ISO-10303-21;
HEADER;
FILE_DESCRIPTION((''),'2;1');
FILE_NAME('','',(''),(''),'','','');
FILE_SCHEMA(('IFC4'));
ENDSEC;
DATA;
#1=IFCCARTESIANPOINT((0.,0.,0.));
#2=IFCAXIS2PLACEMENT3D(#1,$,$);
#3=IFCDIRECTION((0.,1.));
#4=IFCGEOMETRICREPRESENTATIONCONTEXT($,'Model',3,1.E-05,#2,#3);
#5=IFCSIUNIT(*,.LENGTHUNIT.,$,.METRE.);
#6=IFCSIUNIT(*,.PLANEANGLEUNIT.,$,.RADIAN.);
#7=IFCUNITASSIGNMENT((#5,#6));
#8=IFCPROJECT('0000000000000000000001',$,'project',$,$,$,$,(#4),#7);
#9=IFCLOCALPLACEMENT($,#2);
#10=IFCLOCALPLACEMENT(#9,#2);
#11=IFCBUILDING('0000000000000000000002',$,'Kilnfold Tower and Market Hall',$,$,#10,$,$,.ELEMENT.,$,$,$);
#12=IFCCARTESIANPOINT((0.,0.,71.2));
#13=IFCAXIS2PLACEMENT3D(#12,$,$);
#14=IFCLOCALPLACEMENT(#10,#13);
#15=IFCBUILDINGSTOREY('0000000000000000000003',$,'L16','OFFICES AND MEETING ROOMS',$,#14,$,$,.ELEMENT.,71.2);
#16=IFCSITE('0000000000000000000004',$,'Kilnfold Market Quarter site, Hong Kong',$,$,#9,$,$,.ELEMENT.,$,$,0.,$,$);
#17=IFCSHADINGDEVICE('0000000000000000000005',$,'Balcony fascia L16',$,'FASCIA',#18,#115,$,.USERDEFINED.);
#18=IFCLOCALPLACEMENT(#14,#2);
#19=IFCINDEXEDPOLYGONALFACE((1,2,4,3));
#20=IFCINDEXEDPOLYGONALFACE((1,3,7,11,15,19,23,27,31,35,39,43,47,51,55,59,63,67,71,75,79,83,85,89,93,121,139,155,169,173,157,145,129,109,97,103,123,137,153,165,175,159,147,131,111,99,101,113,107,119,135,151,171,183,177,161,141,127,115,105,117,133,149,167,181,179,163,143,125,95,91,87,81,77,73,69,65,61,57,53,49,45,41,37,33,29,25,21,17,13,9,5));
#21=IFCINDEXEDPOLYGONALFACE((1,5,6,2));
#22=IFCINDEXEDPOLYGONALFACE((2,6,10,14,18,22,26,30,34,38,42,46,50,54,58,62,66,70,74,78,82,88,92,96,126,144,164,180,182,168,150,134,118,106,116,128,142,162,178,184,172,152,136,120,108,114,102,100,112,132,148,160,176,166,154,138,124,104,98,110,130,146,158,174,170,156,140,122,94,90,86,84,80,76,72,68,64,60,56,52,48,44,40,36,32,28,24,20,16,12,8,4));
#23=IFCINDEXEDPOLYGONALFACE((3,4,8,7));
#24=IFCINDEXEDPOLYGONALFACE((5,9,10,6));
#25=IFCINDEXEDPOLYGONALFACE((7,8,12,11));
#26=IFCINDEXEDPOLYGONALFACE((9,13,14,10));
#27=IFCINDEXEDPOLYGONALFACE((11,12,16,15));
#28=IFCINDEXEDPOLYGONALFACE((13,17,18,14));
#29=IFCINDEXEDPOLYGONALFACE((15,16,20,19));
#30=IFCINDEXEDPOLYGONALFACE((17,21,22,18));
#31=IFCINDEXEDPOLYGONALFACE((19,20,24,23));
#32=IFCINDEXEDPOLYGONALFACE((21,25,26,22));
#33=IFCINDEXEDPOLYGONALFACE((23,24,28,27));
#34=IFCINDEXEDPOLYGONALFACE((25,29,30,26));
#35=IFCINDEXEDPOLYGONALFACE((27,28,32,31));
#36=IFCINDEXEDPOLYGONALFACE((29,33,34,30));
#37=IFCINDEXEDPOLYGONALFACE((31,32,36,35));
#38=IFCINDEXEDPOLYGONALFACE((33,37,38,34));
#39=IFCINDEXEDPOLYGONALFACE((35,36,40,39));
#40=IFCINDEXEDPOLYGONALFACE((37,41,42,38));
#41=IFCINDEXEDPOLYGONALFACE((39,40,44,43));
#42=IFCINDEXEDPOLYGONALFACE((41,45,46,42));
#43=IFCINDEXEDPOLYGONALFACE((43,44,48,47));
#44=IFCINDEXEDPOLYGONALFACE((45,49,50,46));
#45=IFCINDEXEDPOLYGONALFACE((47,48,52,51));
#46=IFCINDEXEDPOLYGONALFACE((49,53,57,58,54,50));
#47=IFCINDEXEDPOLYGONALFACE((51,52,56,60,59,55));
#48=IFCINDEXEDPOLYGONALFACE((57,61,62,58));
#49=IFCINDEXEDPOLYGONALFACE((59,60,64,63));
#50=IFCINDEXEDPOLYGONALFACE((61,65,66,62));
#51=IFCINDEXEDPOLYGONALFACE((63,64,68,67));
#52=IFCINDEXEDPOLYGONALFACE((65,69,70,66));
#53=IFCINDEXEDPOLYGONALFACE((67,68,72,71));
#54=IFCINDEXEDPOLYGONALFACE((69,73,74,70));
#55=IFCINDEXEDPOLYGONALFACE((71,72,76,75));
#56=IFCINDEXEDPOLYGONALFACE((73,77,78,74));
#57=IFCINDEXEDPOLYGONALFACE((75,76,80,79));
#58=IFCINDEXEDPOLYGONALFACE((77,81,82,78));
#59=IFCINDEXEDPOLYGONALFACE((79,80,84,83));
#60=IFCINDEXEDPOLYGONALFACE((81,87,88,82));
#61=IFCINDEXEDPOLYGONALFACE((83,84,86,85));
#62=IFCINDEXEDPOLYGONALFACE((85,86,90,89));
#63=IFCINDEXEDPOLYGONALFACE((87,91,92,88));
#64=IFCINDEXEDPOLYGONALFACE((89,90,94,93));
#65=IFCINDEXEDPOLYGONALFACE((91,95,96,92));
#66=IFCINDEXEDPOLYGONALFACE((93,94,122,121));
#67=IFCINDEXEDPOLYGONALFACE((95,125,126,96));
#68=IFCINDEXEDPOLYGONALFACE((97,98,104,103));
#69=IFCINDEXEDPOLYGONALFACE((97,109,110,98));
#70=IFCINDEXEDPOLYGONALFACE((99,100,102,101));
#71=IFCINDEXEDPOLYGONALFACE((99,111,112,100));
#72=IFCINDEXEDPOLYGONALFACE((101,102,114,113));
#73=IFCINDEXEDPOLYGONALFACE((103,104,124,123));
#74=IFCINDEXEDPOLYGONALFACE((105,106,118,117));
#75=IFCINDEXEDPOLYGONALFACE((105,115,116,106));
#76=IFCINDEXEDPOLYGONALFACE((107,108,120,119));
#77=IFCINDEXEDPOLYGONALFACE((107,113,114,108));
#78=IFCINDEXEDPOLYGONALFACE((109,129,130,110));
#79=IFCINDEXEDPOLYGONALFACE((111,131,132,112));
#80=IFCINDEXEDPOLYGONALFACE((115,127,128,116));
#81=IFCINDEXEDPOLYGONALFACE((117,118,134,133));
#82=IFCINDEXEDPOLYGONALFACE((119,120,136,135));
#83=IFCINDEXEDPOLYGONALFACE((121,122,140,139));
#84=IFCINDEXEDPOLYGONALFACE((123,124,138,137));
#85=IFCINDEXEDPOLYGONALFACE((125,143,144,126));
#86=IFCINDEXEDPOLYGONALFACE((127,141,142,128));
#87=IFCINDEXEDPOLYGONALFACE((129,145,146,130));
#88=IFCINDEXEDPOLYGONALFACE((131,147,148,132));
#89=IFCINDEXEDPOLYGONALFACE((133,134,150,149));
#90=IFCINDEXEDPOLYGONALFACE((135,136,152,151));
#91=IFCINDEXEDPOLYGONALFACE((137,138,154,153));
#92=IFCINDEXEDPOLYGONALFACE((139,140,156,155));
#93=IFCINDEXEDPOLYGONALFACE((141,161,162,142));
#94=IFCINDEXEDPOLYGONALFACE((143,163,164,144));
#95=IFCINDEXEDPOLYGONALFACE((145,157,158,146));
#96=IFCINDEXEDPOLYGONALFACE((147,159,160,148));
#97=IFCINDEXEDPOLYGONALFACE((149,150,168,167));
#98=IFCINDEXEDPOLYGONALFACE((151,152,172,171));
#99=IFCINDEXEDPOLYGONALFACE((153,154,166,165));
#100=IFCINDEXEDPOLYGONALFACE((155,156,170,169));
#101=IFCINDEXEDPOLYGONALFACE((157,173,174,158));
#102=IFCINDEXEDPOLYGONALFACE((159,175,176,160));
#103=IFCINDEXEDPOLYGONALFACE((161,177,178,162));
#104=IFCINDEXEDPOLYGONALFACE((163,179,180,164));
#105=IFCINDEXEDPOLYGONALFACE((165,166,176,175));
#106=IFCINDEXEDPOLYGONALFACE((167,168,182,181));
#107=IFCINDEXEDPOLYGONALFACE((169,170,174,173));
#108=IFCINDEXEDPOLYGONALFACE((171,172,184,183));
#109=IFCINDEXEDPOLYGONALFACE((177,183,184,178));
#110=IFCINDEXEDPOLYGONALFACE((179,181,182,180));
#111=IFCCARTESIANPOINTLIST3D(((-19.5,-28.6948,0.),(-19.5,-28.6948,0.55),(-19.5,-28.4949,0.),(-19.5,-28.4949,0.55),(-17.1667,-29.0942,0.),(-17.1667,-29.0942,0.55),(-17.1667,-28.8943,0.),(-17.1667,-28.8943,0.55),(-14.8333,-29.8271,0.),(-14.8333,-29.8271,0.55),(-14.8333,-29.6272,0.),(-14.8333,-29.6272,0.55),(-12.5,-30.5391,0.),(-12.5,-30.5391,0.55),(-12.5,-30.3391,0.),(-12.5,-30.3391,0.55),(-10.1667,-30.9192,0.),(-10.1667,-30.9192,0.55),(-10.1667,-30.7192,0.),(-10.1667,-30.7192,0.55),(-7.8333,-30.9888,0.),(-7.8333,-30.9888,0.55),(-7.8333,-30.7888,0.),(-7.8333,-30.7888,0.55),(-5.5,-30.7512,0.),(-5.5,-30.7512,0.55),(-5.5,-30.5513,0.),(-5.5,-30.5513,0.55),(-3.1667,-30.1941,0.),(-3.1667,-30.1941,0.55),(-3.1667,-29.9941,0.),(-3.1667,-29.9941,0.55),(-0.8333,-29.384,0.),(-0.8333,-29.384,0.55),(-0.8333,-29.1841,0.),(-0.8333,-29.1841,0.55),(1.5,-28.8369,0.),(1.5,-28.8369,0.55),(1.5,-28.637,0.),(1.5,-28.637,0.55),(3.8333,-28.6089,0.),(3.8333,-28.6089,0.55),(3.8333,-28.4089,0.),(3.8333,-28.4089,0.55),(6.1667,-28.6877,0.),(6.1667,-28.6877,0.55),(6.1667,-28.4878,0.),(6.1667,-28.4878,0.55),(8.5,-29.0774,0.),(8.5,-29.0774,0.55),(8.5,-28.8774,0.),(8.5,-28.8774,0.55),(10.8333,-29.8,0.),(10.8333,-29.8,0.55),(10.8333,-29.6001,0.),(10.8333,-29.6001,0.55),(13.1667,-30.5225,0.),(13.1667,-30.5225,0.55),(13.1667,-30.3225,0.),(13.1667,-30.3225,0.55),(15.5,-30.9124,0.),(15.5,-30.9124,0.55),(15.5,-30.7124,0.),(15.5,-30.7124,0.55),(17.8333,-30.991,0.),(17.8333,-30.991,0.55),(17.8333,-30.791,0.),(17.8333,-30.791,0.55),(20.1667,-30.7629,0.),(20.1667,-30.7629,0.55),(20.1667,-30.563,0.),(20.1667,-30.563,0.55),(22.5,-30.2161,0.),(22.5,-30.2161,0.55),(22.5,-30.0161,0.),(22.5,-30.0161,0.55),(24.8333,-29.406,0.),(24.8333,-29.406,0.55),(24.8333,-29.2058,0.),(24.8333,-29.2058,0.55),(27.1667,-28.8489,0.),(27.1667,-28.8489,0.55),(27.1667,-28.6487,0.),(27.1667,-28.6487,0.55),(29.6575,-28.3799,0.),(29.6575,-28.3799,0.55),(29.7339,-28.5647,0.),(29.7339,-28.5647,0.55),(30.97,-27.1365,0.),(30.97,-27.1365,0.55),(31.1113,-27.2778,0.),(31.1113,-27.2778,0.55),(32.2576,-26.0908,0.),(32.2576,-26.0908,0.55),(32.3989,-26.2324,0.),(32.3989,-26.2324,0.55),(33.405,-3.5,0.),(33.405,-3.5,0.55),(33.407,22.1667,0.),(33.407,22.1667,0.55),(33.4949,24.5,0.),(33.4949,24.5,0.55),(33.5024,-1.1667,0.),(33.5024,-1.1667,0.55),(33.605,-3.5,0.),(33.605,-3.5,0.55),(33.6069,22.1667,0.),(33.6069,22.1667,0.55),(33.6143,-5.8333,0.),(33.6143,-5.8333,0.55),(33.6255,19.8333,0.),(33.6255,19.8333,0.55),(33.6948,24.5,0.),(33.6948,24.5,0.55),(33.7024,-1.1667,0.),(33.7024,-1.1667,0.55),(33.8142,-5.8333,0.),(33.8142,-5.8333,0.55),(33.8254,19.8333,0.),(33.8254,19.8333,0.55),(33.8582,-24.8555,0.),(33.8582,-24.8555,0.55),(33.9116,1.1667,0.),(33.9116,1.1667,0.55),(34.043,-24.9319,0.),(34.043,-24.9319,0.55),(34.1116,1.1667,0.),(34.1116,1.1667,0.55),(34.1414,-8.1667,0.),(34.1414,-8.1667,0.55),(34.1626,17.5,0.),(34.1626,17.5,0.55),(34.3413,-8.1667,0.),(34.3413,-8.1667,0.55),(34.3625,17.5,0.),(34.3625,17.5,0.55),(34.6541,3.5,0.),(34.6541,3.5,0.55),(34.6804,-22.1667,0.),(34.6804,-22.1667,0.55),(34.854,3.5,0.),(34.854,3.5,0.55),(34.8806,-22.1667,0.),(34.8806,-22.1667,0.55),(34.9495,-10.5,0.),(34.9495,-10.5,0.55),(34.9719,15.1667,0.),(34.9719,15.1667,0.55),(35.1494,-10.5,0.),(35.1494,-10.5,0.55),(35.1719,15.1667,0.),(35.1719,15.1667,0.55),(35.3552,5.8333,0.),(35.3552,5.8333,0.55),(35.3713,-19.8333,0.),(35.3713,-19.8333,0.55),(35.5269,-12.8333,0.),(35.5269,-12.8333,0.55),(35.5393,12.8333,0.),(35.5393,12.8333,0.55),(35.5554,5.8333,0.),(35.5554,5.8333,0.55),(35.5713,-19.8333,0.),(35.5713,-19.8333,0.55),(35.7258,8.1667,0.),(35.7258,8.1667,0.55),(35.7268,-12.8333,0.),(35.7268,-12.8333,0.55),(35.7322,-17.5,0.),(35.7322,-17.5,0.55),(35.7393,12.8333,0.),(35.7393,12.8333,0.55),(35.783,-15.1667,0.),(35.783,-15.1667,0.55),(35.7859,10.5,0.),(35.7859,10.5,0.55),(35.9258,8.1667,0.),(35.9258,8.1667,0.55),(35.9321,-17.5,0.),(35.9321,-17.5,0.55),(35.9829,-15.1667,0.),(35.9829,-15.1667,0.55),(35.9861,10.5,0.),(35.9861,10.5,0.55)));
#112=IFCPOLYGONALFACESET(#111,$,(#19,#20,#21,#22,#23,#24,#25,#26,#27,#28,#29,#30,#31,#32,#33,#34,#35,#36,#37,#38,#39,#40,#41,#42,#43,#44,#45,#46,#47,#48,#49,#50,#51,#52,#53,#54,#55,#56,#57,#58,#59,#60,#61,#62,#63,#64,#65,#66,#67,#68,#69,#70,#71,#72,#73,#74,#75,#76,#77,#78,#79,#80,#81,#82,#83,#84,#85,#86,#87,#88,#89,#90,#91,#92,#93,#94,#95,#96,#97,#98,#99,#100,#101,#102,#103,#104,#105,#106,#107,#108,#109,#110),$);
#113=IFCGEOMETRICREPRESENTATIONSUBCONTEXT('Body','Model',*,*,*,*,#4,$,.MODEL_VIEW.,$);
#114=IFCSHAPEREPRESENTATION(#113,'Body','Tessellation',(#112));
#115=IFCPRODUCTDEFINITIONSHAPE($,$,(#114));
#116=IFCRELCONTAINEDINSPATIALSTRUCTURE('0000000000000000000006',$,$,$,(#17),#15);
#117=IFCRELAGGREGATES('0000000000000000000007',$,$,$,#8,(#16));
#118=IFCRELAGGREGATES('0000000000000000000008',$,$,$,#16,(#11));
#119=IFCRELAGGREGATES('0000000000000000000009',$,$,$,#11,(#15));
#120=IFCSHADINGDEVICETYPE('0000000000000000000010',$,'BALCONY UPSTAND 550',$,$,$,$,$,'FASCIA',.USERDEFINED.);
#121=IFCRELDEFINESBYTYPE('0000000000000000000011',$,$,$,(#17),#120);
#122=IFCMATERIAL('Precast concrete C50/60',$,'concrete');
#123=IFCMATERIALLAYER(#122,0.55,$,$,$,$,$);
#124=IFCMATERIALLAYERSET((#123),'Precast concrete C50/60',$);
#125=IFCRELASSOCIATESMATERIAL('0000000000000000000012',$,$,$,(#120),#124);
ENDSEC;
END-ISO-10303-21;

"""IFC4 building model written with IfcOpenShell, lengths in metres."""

from ifc_helpers import new_model, si_unit, direction, frame, origin, place, context, subcontext, project, spatial, polyline, outline, extrude, source, transform, mapped, material, layer, layer_set, type_object, element, save


model = new_model("IFC4")

# Units and contexts
model_context = context("Model", 3, precision=1e-05, world=origin(), true_north=direction((0.0, 1.0)))
body_context = subcontext(model_context, "Body", "Model", "MODEL_VIEW")
ifc_project = project(units=[si_unit("LENGTHUNIT", "METRE"), si_unit("PLANEANGLEUNIT", "RADIAN")], contexts=[model_context])

# Site, building, storey
site_placement = place(None, origin())
site = spatial("IfcSite", under=ifc_project, at=site_placement, Name="Kilnfold Market Quarter site, Hong Kong", CompositionType="ELEMENT", RefElevation=0.0)
building_placement = place(site_placement, origin())
building = spatial("IfcBuilding", under=site, at=building_placement, Name="Kilnfold Tower and Market Hall", CompositionType="ELEMENT")
storey_placement = place(building_placement, frame((0.0, 0.0, 71.2)))
storey = spatial("IfcBuildingStorey", under=building, at=storey_placement, Name="L16", Description="OFFICES AND MEETING ROOMS", CompositionType="ELEMENT", Elevation=71.2)

# Shading device
ifc_material_1 = material(Name="Precast concrete C50/60", Category="concrete")
ifc_layer_1 = layer(ifc_material_1, 0.55)
ifc_layer_set_1 = layer_set([ifc_layer_1], Name="Precast concrete C50/60")
shading_device_type = type_object("IfcShadingDeviceType", Name="BALCONY UPSTAND 550", ElementType="FASCIA", PredefinedType="USERDEFINED", material=ifc_layer_set_1)
shared_shape_1 = source(origin(), body_context, "Body", "SweptSolid", [
    extrude(outline(polyline([(-19.5, -28.6948), (-17.1667, -29.0942), (-14.8333, -29.8271), (-12.5, -30.5391), (-10.1667, -30.9192), (-7.8333, -30.9888), (-5.5, -30.7512), (-3.1667, -30.1941), (-0.8333, -29.384), (1.5, -28.8369), (3.8333, -28.6089), (6.1667, -28.6877), (8.5, -29.0774), (10.8333, -29.8), (13.1667, -30.5225), (15.5, -30.9124), (17.8333, -30.991), (20.1667, -30.7629), (22.5, -30.2161), (24.8333, -29.406), (27.1667, -28.8489), (29.7339, -28.5647), (31.1113, -27.2778), (32.3989, -26.2324), (34.043, -24.9319), (34.8806, -22.1667), (35.5713, -19.8333), (35.9321, -17.5), (35.9829, -15.1667), (35.7268, -12.8333), (35.1494, -10.5), (34.3413, -8.1667), (33.8142, -5.8333), (33.605, -3.5), (33.7024, -1.1667), (34.1116, 1.1667), (34.854, 3.5), (35.5554, 5.8333), (35.9258, 8.1667), (35.9861, 10.5), (35.7393, 12.8333), (35.1719, 15.1667), (34.3625, 17.5), (33.8254, 19.8333), (33.6069, 22.1667), (33.6948, 24.5), (33.4949, 24.5), (33.407, 22.1667), (33.6255, 19.8333), (34.1626, 17.5), (34.9719, 15.1667), (35.5393, 12.8333), (35.7859, 10.5), (35.7258, 8.1667), (35.3552, 5.8333), (34.6541, 3.5), (33.9116, 1.1667), (33.5024, -1.1667), (33.405, -3.5), (33.6143, -5.8333), (34.1414, -8.1667), (34.9495, -10.5), (35.5269, -12.8333), (35.783, -15.1667), (35.7322, -17.5), (35.3713, -19.8333), (34.6804, -22.1667), (33.8582, -24.8555), (32.2576, -26.0908), (30.97, -27.1365), (29.6575, -28.3799), (27.1667, -28.6487), (24.8333, -29.2058), (22.5, -30.0161), (20.1667, -30.563), (17.8333, -30.791), (15.5, -30.7124), (13.1667, -30.3225), (10.8333, -29.6001), (8.5, -28.8774), (6.1667, -28.4878), (3.8333, -28.4089), (1.5, -28.637), (-0.8333, -29.1841), (-3.1667, -29.9941), (-5.5, -30.5513), (-7.8333, -30.7888), (-10.1667, -30.7192), (-12.5, -30.3391), (-14.8333, -29.6272), (-17.1667, -28.8943), (-19.5, -28.4949), (-19.5, -28.6948)])), origin(), (0.0, 0.0, 1.0), 0.55),
])
shading_device_placement = place(storey_placement, origin())
element("IfcShadingDevice", 1, at=shading_device_placement, inside=storey, type_object=shading_device_type, Name="Balcony fascia L16", ObjectType="FASCIA", PredefinedType="USERDEFINED", context=body_context, shape_type="MappedRepresentation", body=[
    mapped(shared_shape_1, transform((0.0, 0.0, 0.0))),
])

save(model, "model.ifc")
